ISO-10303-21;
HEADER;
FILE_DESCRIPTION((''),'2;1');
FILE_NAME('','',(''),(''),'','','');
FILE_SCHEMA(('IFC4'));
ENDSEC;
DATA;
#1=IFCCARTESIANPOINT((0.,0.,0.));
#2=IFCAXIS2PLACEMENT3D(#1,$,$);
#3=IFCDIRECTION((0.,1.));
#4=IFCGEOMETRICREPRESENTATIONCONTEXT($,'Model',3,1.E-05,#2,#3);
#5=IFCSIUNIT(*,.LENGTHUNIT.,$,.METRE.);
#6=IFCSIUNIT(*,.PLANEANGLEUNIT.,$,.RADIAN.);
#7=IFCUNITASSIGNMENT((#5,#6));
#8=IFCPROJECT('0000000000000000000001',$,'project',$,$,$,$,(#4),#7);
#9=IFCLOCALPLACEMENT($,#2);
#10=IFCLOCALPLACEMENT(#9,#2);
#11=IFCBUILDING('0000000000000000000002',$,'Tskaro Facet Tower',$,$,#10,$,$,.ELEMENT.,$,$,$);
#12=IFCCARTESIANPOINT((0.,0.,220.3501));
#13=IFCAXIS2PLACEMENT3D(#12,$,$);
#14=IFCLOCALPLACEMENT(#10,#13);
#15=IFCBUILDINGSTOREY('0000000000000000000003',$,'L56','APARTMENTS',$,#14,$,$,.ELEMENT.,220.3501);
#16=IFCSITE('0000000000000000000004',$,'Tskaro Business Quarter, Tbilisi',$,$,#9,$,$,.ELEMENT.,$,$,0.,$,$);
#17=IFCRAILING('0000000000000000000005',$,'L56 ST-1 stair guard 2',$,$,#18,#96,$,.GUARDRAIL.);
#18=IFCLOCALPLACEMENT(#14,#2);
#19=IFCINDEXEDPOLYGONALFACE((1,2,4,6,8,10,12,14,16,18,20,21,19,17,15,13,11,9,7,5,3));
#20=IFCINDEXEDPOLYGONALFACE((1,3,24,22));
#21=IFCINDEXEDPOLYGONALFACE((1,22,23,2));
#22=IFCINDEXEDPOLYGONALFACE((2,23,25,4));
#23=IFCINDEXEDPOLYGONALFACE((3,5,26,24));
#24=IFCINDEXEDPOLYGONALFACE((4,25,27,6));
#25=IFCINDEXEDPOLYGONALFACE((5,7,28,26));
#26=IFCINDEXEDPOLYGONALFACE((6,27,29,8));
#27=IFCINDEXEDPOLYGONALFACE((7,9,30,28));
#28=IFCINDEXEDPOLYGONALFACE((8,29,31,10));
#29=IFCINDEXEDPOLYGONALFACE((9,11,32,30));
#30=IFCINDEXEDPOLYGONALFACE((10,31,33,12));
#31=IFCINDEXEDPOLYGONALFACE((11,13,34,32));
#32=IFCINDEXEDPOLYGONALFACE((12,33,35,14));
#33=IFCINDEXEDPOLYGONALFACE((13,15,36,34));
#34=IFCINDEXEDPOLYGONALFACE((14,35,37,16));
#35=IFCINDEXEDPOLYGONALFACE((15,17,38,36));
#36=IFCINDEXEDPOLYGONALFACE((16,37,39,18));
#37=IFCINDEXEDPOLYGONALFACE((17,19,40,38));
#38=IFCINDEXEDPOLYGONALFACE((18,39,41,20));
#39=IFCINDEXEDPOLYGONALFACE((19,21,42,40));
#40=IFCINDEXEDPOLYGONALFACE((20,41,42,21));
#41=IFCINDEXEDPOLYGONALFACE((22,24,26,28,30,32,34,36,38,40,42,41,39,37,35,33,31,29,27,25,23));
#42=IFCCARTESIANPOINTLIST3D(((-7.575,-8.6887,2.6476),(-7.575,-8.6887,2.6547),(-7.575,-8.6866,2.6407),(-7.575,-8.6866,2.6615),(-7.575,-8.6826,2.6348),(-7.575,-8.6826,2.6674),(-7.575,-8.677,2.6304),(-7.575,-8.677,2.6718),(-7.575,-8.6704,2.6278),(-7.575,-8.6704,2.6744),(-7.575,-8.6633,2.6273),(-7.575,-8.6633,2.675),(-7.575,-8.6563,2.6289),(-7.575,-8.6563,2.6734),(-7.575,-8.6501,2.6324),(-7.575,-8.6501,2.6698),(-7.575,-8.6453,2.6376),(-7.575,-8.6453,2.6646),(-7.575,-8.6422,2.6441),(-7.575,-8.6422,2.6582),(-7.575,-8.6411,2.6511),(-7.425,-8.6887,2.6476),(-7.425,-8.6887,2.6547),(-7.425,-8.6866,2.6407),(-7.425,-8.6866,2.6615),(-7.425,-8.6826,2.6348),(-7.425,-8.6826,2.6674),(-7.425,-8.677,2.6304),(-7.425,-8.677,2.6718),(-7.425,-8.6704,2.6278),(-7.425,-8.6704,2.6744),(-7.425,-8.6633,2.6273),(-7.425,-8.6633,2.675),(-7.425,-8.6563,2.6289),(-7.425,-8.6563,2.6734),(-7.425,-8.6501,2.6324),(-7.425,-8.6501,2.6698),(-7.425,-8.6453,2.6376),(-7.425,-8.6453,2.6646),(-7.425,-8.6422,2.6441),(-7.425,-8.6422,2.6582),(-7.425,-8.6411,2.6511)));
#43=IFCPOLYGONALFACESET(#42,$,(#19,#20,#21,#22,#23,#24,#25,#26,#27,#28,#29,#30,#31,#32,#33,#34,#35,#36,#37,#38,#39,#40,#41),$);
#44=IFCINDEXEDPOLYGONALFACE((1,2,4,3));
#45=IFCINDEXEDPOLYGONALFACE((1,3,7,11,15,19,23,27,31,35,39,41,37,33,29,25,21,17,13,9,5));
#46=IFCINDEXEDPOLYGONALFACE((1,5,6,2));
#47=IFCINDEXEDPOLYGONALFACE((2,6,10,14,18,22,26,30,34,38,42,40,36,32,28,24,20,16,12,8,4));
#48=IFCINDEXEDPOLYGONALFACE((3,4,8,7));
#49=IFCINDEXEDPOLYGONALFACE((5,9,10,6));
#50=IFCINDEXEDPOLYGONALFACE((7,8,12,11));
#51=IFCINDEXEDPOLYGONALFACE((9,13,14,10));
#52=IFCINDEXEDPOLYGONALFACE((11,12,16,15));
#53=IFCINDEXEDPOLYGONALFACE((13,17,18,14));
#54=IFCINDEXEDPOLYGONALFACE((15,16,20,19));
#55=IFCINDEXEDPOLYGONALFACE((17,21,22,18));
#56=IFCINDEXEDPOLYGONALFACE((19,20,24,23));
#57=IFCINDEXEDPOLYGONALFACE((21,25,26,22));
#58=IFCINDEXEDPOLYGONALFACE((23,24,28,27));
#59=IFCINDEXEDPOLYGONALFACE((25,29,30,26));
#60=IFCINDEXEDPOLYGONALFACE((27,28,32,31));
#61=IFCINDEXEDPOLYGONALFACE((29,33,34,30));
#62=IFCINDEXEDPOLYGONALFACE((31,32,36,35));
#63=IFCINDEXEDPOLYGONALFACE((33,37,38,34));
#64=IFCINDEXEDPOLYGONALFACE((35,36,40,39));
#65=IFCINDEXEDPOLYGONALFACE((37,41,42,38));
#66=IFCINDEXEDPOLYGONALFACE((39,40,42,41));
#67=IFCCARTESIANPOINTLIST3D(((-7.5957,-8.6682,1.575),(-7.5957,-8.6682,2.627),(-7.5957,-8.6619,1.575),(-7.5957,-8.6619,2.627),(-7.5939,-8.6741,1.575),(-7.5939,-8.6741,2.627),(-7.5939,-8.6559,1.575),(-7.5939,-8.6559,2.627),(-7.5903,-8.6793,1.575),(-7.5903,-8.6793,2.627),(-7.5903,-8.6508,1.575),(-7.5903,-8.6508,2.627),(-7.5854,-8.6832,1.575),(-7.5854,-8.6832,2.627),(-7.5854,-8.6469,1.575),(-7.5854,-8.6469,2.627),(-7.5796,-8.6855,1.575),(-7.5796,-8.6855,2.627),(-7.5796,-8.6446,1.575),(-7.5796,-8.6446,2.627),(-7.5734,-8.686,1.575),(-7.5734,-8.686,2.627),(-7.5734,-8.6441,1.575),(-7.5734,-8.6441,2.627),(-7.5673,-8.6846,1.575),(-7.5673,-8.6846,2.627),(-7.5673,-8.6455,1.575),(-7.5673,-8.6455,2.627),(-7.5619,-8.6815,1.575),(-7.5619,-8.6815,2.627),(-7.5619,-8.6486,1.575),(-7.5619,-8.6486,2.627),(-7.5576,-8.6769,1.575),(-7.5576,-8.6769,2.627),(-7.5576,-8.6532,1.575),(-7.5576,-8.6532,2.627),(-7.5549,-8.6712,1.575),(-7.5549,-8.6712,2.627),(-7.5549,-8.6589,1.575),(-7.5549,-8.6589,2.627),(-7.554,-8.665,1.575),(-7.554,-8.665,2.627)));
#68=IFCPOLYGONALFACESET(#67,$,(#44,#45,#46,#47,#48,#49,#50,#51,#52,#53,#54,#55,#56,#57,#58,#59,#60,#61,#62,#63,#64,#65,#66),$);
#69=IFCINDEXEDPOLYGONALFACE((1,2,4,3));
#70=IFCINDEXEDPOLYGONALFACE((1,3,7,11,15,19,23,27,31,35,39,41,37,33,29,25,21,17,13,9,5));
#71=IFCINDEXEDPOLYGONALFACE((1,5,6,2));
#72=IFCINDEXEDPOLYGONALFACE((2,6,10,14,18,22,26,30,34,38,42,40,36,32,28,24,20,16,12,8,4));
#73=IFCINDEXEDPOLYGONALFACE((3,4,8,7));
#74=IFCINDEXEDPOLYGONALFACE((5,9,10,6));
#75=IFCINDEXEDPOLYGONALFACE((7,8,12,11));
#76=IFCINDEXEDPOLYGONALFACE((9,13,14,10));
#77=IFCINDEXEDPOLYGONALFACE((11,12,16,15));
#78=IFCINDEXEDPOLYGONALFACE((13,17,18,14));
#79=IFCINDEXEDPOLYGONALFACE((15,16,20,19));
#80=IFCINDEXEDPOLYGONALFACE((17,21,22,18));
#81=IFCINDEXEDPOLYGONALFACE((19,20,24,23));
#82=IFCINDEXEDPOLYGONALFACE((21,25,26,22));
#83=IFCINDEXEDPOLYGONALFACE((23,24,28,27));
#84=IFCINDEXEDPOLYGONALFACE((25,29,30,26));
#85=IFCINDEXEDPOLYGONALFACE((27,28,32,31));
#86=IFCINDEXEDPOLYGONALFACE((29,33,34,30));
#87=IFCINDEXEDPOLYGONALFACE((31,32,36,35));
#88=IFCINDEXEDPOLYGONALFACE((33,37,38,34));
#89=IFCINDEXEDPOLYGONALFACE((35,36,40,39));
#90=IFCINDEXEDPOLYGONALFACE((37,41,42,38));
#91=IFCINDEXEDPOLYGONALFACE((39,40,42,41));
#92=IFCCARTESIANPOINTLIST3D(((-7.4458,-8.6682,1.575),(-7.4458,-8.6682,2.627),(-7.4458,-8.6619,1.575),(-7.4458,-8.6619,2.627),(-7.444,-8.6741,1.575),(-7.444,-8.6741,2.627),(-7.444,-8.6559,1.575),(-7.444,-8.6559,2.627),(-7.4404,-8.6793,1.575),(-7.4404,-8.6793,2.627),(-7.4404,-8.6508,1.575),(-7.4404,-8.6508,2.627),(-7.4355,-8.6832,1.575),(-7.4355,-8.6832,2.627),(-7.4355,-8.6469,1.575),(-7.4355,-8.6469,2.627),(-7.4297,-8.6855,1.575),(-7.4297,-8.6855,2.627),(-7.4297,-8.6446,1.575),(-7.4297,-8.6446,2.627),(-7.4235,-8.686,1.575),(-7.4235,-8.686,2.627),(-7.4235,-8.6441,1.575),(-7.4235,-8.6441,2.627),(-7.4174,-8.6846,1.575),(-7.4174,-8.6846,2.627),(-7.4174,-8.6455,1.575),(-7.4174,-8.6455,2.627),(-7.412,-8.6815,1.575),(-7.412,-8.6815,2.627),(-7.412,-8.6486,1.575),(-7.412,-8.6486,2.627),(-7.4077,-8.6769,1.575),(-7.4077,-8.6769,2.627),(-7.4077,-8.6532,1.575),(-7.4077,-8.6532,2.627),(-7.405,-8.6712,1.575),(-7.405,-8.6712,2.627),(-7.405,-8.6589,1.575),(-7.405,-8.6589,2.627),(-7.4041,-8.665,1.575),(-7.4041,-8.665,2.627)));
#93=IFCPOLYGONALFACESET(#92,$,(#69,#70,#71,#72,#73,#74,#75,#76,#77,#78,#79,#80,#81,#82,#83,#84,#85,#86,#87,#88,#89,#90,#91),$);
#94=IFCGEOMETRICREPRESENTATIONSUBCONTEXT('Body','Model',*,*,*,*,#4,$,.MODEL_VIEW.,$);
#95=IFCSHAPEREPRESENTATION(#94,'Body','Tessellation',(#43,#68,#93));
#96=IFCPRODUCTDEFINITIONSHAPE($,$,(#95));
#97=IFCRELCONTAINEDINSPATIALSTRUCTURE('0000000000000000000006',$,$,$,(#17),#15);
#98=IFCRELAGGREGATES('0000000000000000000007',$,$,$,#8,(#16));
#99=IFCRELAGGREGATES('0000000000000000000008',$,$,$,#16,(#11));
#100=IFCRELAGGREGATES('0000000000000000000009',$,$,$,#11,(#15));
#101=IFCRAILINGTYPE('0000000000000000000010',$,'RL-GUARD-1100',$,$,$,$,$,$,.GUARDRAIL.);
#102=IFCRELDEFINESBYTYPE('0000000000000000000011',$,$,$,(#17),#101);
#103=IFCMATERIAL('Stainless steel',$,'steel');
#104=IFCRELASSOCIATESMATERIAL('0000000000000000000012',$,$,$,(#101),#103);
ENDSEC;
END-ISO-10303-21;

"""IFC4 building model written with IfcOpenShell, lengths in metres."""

from ifc_helpers import new_model, si_unit, direction, frame, origin, origin_2d, place, context, subcontext, project, spatial, circle, extrude, material, type_object, element, save


model = new_model("IFC4")

# Units and contexts
model_context = context("Model", 3, precision=1e-05, world=origin(), true_north=direction((0.0, 1.0)))
body_context = subcontext(model_context, "Body", "Model", "MODEL_VIEW")
ifc_project = project(units=[si_unit("LENGTHUNIT", "METRE"), si_unit("PLANEANGLEUNIT", "RADIAN")], contexts=[model_context])

# Site, building, storey
site_placement = place(None, origin())
site = spatial("IfcSite", under=ifc_project, at=site_placement, Name="Tskaro Business Quarter, Tbilisi", CompositionType="ELEMENT", RefElevation=0.0)
building_placement = place(site_placement, origin())
building = spatial("IfcBuilding", under=site, at=building_placement, Name="Tskaro Facet Tower", CompositionType="ELEMENT")
storey_placement = place(building_placement, frame((0.0, 0.0, 220.3501)))
storey = spatial("IfcBuildingStorey", under=building, at=storey_placement, Name="L56", Description="APARTMENTS", CompositionType="ELEMENT", Elevation=220.3501)

# Shared definitions
ifc_material_1 = material(Name="Stainless steel", Category="steel")

# Railing
railing_type_1 = type_object("IfcRailingType", Name="RL-GUARD-1100", PredefinedType="GUARDRAIL", material=ifc_material_1)
railing_1_placement = place(storey_placement, frame((-7.575, -8.665, 1.575)))
element("IfcRailing", 1, at=railing_1_placement, inside=storey, type_object=railing_type_1, Name="L56 ST-1 stair guard 2", PredefinedType="GUARDRAIL", context=body_context, shape_type="SweptSolid", body=[
    extrude(circle(Radius=0.0239, at=origin_2d()), frame((0.0, 0.0, 1.0762), z_axis=(1.0, 0.0, 0.0), x_axis=(0.0, 1.0, 0.0)), (0.0, 0.0, 1.0), 0.1499),
    extrude(circle(Radius=0.021, at=origin_2d()), origin(), (0.0, 0.0, 1.0), 1.052),
    extrude(circle(Radius=0.021, at=origin_2d()), frame((0.1499, 0.0, 0.0)), (0.0, 0.0, 1.0), 1.052),
])

save(model, "model.ifc")
